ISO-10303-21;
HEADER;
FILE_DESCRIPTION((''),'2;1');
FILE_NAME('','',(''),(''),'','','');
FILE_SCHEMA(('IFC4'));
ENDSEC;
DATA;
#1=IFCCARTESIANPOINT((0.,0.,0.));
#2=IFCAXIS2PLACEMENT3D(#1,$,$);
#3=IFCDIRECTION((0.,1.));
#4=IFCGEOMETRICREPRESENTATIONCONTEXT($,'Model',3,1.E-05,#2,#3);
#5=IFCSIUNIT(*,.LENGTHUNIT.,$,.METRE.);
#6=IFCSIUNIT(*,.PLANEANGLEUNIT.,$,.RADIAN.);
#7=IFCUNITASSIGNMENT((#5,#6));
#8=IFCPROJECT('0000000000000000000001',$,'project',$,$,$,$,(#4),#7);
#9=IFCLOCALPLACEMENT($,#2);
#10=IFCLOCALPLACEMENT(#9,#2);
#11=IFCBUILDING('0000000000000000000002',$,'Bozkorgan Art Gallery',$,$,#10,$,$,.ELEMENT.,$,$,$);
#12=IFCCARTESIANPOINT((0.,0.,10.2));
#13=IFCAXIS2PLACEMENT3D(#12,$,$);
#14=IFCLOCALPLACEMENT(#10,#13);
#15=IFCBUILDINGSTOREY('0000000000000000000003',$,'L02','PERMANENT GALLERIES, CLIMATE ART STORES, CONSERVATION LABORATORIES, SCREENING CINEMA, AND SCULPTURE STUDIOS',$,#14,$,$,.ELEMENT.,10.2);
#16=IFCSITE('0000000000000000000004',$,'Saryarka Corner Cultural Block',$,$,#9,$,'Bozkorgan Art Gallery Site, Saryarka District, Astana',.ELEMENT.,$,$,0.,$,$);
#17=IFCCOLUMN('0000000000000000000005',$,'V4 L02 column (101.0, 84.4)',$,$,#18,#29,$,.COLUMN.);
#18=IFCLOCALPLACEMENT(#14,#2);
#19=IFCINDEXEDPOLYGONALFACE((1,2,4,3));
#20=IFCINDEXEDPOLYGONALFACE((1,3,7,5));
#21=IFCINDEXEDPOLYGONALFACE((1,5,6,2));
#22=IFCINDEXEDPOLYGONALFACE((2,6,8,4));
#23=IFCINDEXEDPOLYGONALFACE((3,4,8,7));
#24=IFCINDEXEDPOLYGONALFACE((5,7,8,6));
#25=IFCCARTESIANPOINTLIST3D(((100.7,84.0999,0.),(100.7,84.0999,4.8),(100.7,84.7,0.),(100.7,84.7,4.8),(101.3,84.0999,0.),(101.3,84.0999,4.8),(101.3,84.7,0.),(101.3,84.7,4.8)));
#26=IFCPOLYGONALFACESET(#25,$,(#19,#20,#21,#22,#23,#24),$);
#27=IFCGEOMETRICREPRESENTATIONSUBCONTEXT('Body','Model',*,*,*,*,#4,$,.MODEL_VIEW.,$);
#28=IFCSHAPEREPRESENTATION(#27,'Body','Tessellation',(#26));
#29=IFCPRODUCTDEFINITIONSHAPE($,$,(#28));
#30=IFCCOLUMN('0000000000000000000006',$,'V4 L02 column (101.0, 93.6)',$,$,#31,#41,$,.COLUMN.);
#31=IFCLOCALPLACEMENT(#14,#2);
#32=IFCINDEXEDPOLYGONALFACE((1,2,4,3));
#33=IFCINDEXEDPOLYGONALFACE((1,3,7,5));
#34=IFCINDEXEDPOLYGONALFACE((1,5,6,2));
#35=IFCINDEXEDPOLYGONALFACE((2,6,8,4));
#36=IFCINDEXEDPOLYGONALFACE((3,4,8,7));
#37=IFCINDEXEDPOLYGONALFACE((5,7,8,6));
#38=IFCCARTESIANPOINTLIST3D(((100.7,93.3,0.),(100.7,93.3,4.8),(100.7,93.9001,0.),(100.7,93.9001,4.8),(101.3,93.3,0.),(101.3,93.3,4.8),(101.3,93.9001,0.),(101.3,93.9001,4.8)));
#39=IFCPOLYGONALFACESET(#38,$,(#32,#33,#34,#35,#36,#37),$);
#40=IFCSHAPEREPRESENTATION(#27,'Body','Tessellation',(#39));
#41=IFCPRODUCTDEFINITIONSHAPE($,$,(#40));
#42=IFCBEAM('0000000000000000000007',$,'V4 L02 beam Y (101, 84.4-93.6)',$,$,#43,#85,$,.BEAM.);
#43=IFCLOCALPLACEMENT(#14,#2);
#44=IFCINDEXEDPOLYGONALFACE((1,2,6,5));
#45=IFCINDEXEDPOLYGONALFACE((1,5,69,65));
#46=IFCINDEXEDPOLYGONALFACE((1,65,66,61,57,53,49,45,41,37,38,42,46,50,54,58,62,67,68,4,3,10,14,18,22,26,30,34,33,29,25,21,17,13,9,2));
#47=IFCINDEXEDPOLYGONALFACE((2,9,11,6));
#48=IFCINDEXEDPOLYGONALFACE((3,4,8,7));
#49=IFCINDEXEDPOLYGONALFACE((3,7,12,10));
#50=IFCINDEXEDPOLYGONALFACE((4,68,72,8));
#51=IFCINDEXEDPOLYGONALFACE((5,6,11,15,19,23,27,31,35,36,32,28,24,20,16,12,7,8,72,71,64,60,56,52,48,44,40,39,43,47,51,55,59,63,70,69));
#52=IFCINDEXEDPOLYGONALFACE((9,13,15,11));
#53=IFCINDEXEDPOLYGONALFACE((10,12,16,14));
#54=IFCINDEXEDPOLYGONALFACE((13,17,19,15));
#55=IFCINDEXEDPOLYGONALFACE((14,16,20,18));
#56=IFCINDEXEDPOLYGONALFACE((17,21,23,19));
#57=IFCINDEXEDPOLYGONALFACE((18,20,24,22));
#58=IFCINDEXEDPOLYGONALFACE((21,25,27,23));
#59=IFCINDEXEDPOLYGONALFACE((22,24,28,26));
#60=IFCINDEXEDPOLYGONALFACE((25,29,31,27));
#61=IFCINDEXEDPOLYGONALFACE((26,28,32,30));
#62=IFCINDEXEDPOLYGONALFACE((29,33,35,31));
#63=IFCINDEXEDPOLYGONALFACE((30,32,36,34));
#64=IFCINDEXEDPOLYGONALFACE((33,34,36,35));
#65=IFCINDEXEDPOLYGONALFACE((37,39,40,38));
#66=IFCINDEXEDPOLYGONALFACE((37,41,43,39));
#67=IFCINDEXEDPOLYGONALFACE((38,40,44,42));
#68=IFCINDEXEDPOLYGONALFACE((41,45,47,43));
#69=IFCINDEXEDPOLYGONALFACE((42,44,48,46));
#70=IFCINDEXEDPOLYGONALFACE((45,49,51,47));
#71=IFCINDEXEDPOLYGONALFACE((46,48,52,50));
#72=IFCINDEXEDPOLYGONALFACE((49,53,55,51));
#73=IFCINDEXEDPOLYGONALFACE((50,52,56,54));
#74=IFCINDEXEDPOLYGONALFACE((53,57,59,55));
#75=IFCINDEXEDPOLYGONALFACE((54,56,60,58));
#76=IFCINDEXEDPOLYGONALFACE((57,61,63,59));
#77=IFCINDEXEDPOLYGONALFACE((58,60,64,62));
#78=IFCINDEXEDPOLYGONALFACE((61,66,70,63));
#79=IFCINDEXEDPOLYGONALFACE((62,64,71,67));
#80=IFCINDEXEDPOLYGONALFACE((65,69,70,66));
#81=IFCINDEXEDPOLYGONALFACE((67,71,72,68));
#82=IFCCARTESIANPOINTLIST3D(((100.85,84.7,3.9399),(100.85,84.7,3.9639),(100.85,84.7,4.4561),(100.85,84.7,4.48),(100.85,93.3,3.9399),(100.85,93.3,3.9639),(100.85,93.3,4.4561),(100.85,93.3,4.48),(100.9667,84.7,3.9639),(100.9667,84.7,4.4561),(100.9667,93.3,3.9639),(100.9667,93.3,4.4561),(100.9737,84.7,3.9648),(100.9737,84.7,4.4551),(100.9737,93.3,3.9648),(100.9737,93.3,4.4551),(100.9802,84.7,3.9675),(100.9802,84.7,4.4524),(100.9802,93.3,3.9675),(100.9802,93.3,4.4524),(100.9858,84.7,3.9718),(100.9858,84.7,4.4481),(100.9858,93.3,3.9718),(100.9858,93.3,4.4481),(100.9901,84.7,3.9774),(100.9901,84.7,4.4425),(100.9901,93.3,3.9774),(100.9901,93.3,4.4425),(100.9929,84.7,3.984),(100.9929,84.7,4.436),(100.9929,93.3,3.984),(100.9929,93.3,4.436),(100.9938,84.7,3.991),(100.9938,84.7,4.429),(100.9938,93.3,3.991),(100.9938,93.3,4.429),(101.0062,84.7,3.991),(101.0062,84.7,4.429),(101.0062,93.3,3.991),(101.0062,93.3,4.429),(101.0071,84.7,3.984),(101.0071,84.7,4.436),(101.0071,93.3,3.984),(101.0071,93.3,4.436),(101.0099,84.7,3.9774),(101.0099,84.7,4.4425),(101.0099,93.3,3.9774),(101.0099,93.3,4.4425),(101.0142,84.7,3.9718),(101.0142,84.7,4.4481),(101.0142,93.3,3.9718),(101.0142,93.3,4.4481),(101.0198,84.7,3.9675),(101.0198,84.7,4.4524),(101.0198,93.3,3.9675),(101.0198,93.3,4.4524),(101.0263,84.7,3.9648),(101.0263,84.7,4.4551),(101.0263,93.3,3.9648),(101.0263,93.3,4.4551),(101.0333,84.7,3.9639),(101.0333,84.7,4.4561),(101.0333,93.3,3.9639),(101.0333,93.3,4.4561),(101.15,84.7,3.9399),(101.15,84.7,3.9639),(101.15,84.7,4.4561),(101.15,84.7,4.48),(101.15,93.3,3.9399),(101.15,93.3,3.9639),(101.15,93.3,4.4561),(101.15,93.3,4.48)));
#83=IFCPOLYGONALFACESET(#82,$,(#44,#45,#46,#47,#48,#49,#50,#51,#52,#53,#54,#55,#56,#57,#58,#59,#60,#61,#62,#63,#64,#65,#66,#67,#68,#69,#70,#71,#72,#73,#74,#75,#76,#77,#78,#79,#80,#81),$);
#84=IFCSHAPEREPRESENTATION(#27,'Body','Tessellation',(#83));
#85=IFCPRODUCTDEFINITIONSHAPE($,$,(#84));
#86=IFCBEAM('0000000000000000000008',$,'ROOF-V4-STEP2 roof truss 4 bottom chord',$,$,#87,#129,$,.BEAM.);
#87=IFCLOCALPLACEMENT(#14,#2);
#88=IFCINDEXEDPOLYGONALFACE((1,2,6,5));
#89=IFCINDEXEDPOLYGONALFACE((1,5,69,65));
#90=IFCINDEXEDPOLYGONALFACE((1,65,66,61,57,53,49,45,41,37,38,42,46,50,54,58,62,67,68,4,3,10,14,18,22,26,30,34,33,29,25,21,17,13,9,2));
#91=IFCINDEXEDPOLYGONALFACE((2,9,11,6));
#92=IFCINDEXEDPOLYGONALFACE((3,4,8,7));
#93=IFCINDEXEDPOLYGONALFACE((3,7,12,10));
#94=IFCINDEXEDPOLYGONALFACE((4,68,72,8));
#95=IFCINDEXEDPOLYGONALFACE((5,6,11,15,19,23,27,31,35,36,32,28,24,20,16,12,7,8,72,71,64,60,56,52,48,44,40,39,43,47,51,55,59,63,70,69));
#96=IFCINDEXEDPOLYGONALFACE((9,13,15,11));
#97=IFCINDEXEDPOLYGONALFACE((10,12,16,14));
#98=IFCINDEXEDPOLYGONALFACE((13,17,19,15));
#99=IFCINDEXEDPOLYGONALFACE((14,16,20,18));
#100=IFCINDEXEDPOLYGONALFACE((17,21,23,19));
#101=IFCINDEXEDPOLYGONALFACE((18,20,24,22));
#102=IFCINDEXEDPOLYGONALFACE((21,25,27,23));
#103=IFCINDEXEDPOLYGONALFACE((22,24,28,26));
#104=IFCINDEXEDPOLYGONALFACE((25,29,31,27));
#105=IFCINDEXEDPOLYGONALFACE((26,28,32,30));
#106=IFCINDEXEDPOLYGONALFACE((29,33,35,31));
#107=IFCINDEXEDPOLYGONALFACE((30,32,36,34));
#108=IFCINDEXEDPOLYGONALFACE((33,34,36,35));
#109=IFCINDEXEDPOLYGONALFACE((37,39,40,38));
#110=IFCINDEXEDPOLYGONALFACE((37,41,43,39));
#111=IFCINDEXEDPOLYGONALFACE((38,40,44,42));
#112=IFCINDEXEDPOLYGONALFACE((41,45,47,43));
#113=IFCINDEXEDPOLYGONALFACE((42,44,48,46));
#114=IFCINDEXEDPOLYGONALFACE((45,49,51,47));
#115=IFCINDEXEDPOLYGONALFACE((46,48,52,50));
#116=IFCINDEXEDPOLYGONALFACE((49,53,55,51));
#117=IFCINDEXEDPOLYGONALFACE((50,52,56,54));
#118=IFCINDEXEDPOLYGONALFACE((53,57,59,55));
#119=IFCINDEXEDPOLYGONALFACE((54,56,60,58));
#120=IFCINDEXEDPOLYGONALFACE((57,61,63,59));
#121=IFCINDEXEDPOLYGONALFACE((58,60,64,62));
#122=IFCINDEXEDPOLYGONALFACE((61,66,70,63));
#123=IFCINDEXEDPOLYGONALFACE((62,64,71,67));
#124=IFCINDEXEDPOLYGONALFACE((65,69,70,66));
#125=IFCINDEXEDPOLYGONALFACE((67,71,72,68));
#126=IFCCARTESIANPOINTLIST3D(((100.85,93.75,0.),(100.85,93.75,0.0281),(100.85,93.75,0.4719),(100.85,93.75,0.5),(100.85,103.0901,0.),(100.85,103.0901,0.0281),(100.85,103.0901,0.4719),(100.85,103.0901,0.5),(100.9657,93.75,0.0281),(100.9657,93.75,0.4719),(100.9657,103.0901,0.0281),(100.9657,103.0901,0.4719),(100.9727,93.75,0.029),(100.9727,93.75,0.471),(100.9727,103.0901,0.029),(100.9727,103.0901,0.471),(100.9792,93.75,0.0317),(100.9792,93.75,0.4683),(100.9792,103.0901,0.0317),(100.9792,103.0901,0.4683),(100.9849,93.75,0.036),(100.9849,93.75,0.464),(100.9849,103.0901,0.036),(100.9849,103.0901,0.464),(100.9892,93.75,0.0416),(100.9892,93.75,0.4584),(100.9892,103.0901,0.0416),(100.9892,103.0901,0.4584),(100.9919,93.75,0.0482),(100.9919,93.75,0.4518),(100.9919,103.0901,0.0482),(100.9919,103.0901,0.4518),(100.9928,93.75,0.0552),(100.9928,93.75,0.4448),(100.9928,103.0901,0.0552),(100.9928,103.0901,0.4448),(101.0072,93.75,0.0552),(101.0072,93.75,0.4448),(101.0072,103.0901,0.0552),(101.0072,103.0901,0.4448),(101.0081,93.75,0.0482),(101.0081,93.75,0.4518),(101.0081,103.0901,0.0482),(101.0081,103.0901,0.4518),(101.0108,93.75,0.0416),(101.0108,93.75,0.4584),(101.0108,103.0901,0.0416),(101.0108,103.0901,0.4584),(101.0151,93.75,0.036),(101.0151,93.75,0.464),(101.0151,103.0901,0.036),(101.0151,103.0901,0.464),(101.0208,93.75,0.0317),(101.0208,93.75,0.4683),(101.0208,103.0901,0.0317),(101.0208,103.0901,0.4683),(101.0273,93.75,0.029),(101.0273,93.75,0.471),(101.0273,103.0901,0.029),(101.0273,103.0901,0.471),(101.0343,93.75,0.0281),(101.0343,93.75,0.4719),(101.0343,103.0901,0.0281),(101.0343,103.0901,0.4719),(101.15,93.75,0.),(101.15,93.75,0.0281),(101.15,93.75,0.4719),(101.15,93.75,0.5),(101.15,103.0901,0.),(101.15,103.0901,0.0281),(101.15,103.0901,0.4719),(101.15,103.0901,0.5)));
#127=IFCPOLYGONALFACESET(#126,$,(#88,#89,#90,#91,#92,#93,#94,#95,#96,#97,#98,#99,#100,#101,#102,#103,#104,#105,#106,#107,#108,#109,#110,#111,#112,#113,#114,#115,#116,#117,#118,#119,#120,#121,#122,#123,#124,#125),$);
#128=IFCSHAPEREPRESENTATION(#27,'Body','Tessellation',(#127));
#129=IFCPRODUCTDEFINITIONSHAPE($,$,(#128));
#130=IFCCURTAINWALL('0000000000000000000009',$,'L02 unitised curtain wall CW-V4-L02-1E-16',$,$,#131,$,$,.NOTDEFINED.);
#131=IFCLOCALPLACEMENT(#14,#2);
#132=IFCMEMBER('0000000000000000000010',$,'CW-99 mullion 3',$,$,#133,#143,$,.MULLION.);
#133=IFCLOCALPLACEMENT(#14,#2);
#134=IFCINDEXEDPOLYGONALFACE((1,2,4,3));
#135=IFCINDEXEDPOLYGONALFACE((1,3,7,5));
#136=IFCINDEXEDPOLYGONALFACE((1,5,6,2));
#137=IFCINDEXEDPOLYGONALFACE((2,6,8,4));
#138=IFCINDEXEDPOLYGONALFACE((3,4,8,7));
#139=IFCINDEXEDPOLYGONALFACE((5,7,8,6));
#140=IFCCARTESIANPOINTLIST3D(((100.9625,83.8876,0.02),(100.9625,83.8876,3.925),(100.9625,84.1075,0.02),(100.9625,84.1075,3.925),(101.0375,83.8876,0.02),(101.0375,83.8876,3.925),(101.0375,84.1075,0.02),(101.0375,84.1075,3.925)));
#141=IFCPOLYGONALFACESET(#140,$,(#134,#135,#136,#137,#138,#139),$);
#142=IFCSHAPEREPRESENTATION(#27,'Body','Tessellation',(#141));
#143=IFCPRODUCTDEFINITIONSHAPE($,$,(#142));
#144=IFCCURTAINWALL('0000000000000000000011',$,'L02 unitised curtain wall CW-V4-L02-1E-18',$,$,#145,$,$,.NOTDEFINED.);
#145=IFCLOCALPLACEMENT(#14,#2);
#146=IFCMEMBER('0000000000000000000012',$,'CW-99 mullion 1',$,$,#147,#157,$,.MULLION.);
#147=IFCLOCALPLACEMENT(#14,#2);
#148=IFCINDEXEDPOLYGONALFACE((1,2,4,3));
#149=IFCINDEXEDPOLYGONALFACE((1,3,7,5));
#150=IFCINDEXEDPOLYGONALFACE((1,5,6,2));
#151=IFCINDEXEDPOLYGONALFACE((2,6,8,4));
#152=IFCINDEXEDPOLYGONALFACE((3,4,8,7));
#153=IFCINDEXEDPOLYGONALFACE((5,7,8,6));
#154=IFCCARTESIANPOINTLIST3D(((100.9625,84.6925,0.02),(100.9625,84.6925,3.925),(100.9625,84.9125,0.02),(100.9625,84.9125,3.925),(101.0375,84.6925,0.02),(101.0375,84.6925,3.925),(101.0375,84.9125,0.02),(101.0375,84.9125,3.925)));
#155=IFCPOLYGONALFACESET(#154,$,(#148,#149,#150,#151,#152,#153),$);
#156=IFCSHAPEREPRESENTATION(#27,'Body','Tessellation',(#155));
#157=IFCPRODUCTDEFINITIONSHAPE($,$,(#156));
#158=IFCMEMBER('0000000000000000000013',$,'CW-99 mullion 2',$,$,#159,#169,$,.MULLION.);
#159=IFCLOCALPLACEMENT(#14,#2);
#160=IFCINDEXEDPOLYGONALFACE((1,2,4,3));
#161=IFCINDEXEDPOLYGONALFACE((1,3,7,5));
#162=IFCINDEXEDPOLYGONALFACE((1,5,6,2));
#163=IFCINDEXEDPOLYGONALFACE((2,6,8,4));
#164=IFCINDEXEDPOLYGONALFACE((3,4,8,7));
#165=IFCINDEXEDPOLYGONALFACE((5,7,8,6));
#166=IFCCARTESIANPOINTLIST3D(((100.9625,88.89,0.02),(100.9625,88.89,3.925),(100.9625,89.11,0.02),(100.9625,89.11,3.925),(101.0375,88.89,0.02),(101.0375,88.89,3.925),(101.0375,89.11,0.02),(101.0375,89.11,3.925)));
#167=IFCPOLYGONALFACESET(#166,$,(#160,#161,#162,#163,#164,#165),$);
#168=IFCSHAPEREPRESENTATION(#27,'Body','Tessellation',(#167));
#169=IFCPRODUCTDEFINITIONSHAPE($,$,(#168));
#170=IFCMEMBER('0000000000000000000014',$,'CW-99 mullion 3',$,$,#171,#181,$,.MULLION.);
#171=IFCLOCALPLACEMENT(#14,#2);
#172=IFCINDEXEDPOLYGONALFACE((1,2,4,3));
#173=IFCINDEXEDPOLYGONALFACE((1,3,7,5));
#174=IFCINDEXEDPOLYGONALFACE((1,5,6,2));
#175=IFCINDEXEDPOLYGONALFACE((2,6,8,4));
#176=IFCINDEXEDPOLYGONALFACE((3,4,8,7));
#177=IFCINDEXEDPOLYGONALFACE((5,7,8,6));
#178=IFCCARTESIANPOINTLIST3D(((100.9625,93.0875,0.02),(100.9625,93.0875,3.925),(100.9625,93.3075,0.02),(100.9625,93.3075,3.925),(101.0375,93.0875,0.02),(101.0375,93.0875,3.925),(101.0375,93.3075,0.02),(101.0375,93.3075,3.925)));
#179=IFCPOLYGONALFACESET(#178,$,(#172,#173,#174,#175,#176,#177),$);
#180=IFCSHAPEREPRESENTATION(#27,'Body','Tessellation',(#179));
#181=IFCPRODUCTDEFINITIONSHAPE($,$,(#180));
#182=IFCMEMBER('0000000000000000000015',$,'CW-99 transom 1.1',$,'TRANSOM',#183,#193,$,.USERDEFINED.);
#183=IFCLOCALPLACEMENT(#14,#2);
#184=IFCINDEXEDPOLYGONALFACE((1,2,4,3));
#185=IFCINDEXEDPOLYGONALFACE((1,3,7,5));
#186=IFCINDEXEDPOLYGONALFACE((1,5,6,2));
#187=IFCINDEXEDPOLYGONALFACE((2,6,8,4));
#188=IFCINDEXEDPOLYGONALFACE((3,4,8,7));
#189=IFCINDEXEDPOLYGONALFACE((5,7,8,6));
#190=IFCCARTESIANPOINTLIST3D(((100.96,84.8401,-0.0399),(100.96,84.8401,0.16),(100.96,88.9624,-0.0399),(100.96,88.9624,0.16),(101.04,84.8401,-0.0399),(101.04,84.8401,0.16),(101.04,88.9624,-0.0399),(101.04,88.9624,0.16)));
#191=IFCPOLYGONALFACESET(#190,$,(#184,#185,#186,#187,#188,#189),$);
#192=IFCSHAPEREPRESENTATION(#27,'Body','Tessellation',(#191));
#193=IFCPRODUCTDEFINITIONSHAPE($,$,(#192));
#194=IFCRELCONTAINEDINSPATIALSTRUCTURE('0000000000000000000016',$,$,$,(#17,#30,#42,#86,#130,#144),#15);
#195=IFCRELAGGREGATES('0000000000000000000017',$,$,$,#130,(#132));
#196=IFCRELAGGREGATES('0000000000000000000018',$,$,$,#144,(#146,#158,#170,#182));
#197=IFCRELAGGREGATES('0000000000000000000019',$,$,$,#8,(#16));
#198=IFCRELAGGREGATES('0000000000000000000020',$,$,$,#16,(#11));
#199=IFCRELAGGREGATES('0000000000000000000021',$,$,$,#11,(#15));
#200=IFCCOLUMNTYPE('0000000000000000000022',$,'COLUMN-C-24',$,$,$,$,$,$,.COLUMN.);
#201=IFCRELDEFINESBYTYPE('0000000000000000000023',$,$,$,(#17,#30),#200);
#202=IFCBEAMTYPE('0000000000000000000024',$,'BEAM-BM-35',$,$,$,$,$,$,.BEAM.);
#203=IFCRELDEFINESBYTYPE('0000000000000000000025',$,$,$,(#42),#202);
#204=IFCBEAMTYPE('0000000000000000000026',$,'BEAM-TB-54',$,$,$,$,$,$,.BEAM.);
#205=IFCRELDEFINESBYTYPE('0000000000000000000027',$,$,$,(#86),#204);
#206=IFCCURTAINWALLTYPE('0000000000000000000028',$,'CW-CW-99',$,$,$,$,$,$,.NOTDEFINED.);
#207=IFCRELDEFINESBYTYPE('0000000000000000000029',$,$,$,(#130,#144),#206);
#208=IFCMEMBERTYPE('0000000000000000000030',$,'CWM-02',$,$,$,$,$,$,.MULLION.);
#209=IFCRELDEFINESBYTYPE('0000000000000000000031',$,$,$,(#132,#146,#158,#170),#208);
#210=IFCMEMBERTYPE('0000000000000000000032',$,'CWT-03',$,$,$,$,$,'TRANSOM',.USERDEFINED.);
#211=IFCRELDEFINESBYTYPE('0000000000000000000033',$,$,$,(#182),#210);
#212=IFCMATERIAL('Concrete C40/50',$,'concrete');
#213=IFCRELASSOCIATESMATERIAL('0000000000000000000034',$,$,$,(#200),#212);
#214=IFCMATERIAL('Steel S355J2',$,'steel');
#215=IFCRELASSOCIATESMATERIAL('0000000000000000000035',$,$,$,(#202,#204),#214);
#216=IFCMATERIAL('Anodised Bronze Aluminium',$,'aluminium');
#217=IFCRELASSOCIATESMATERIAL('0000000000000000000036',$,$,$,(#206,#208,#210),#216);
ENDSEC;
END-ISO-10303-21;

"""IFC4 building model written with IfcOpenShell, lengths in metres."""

from ifc_helpers import new_model, si_unit, direction, frame, origin, origin_2d, place, context, subcontext, project, spatial, rectangle, i_section, extrude, material, material_profile, profile_set, type_object, element, aggregate, save


model = new_model("IFC4")

# Units and contexts
model_context = context("Model", 3, precision=1e-05, world=origin(), true_north=direction((0.0, 1.0)))
body_context = subcontext(model_context, "Body", "Model", "MODEL_VIEW")
ifc_project = project(units=[si_unit("LENGTHUNIT", "METRE"), si_unit("PLANEANGLEUNIT", "RADIAN")], contexts=[model_context])

# Site, building, storey
site_placement = place(None, origin())
site = spatial("IfcSite", under=ifc_project, at=site_placement, Name="Saryarka Corner Cultural Block", LongName="Bozkorgan Art Gallery Site, Saryarka District, Astana", CompositionType="ELEMENT", RefElevation=0.0)
building_placement = place(site_placement, origin())
building = spatial("IfcBuilding", under=site, at=building_placement, Name="Bozkorgan Art Gallery", CompositionType="ELEMENT")
storey_placement = place(building_placement, frame((0.0, 0.0, 10.2)))
storey = spatial("IfcBuildingStorey", under=building, at=storey_placement, Name="L02", Description="PERMANENT GALLERIES, CLIMATE ART STORES, CONSERVATION LABORATORIES, SCREENING CINEMA, AND SCULPTURE STUDIOS", CompositionType="ELEMENT", Elevation=10.2)

# Columns
ifc_material_1 = material(Name="Concrete C40/50", Category="concrete")
ifc_material_profile_1 = material_profile(ifc_material_1, rectangle(XDim=0.6001, YDim=0.6001, at=origin_2d()), Name="RC 600x600")
ifc_profile_set_1 = profile_set([ifc_material_profile_1], Name="Concrete C40/50")
column_type = type_object("IfcColumnType", Name="COLUMN-C-24", PredefinedType="COLUMN", material=ifc_profile_set_1)
for number, where, z_axis, x_axis, name in (
    (1, (101.0, 84.3999, 0.0), (0.0, 0.0, 1.0), (1.0, 0.0, 0.0), "V4 L02 column (101.0, 84.4)"),
    (2, (101.0, 93.6001, 0.0), (0.0, 0.0, 1.0), (1.0, 0.0, 0.0), "V4 L02 column (101.0, 93.6)"),
):
    element("IfcColumn", number, at=place(storey_placement, frame(where, z_axis=z_axis, x_axis=x_axis)), inside=storey, type_object=column_type, Name=name, PredefinedType="COLUMN", context=body_context, shape_type="SweptSolid", body=[
        extrude(rectangle(XDim=0.6001, YDim=0.6001, at=origin_2d()), origin(), (0.0, 0.0, 1.0), 4.8),
    ])

# Beams
ifc_material_2 = material(Name="Steel S355J2", Category="steel")
ifc_material_profile_2 = material_profile(ifc_material_2, i_section(OverallWidth=0.3, OverallDepth=0.54, WebThickness=0.0125, FlangeThickness=0.0239, FilletRadius=0.0271, at=origin_2d()), Name="HEA 550")
ifc_profile_set_2 = profile_set([ifc_material_profile_2], Name="Steel S355J2")
beam_type_1 = type_object("IfcBeamType", Name="BEAM-BM-35", PredefinedType="BEAM", material=ifc_profile_set_2)
beam_1_placement = place(storey_placement, frame((101.0, 84.7, 4.21), z_axis=(0.0, 1.0, 0.0), x_axis=(-1.0, 0.0, 0.0)))
element("IfcBeam", 3, at=beam_1_placement, inside=storey, type_object=beam_type_1, Name="V4 L02 beam Y (101, 84.4-93.6)", PredefinedType="BEAM", context=body_context, shape_type="SweptSolid", body=[
    extrude(i_section(OverallWidth=0.3, OverallDepth=0.54, WebThickness=0.0125, FlangeThickness=0.0239, FilletRadius=0.0271, at=origin_2d()), origin(), (0.0, 0.0, 1.0), 8.6001),
])
ifc_material_profile_3 = material_profile(ifc_material_2, i_section(OverallWidth=0.3, OverallDepth=0.5, WebThickness=0.0144, FlangeThickness=0.0281, FilletRadius=0.0271, at=origin_2d()), Name="HEB 500")
ifc_profile_set_3 = profile_set([ifc_material_profile_3], Name="Steel S355J2")
beam_type_2 = type_object("IfcBeamType", Name="BEAM-TB-54", PredefinedType="BEAM", material=ifc_profile_set_3)
beam_2_placement = place(storey_placement, frame((101.0, 93.75, 0.25), z_axis=(0.0, 1.0, 0.0), x_axis=(-1.0, 0.0, 0.0)))
element("IfcBeam", 4, at=beam_2_placement, inside=storey, type_object=beam_type_2, Name="ROOF-V4-STEP2 roof truss 4 bottom chord", PredefinedType="BEAM", context=body_context, shape_type="SweptSolid", body=[
    extrude(i_section(OverallWidth=0.3, OverallDepth=0.5, WebThickness=0.0144, FlangeThickness=0.0281, FilletRadius=0.0271, at=origin_2d()), origin(), (0.0, 0.0, 1.0), 9.3401),
])

# Curtain wall, member
ifc_material_3 = material(Name="Anodised Bronze Aluminium", Category="aluminium")
curtain_wall_type = type_object("IfcCurtainWallType", Name="CW-CW-99", PredefinedType="NOTDEFINED", material=ifc_material_3)
curtain_wall_1_placement = place(storey_placement, origin())
curtain_wall_1 = element("IfcCurtainWall", 5, at=curtain_wall_1_placement, inside=storey, type_object=curtain_wall_type, Name="L02 unitised curtain wall CW-V4-L02-1E-16", PredefinedType="NOTDEFINED")
ifc_material_profile_4 = material_profile(ifc_material_3, rectangle(XDim=0.075, YDim=0.22, at=origin_2d()), Name="ALU MULLION 75x220")
ifc_profile_set_4 = profile_set([ifc_material_profile_4], Name="Anodised Bronze Aluminium")
member_type_1 = type_object("IfcMemberType", Name="CWM-02", PredefinedType="MULLION", material=ifc_profile_set_4)
member_1_placement = place(storey_placement, frame((101.0, 83.9976, 0.02), z_axis=(0.0, 0.0, 1.0), x_axis=(-1.0, 0.0, 0.0)))
member_1 = element("IfcMember", 6, at=member_1_placement, type_object=member_type_1, Name="CW-99 mullion 3", PredefinedType="MULLION", context=body_context, shape_type="SweptSolid", body=[
    extrude(rectangle(XDim=0.075, YDim=0.22, at=origin_2d()), origin(), (0.0, 0.0, 1.0), 3.905),
])

# Curtain wall, members
curtain_wall_2_placement = place(storey_placement, origin())
curtain_wall_2 = element("IfcCurtainWall", 7, at=curtain_wall_2_placement, inside=storey, type_object=curtain_wall_type, Name="L02 unitised curtain wall CW-V4-L02-1E-18", PredefinedType="NOTDEFINED")
member_2_placement = place(storey_placement, frame((101.0, 84.8025, 0.02), z_axis=(0.0, 0.0, 1.0), x_axis=(-1.0, 0.0, 0.0)))
member_2 = element("IfcMember", 8, at=member_2_placement, type_object=member_type_1, Name="CW-99 mullion 1", PredefinedType="MULLION", context=body_context, shape_type="SweptSolid", body=[
    extrude(rectangle(XDim=0.075, YDim=0.22, at=origin_2d()), origin(), (0.0, 0.0, 1.0), 3.905),
])
member_3_placement = place(storey_placement, frame((101.0, 89.0, 0.02), z_axis=(0.0, 0.0, 1.0), x_axis=(-1.0, 0.0, 0.0)))
member_3 = element("IfcMember", 9, at=member_3_placement, type_object=member_type_1, Name="CW-99 mullion 2", PredefinedType="MULLION", context=body_context, shape_type="SweptSolid", body=[
    extrude(rectangle(XDim=0.075, YDim=0.22, at=origin_2d()), origin(), (0.0, 0.0, 1.0), 3.905),
])
member_4_placement = place(storey_placement, frame((101.0, 93.1975, 0.02), z_axis=(0.0, 0.0, 1.0), x_axis=(-1.0, 0.0, 0.0)))
member_4 = element("IfcMember", 10, at=member_4_placement, type_object=member_type_1, Name="CW-99 mullion 3", PredefinedType="MULLION", context=body_context, shape_type="SweptSolid", body=[
    extrude(rectangle(XDim=0.075, YDim=0.22, at=origin_2d()), origin(), (0.0, 0.0, 1.0), 3.905),
])
ifc_material_profile_5 = material_profile(ifc_material_3, rectangle(XDim=0.0801, YDim=0.2, at=origin_2d()), Name="ALU TRANSOM 80x200")
ifc_profile_set_5 = profile_set([ifc_material_profile_5], Name="Anodised Bronze Aluminium")
member_type_2 = type_object("IfcMemberType", Name="CWT-03", ElementType="TRANSOM", PredefinedType="USERDEFINED", material=ifc_profile_set_5)
member_5_placement = place(storey_placement, frame((101.0, 84.8401, 0.0601), z_axis=(0.0, 1.0, 0.0), x_axis=(-1.0, 0.0, 0.0)))
member_5 = element("IfcMember", 11, at=member_5_placement, type_object=member_type_2, Name="CW-99 transom 1.1", ObjectType="TRANSOM", PredefinedType="USERDEFINED", context=body_context, shape_type="SweptSolid", body=[
    extrude(rectangle(XDim=0.0801, YDim=0.2, at=origin_2d()), origin(), (0.0, 0.0, 1.0), 4.1223),
])

aggregate(curtain_wall_1, [member_1])
aggregate(curtain_wall_2, [member_2, member_3, member_4, member_5])

save(model, "model.ifc")
